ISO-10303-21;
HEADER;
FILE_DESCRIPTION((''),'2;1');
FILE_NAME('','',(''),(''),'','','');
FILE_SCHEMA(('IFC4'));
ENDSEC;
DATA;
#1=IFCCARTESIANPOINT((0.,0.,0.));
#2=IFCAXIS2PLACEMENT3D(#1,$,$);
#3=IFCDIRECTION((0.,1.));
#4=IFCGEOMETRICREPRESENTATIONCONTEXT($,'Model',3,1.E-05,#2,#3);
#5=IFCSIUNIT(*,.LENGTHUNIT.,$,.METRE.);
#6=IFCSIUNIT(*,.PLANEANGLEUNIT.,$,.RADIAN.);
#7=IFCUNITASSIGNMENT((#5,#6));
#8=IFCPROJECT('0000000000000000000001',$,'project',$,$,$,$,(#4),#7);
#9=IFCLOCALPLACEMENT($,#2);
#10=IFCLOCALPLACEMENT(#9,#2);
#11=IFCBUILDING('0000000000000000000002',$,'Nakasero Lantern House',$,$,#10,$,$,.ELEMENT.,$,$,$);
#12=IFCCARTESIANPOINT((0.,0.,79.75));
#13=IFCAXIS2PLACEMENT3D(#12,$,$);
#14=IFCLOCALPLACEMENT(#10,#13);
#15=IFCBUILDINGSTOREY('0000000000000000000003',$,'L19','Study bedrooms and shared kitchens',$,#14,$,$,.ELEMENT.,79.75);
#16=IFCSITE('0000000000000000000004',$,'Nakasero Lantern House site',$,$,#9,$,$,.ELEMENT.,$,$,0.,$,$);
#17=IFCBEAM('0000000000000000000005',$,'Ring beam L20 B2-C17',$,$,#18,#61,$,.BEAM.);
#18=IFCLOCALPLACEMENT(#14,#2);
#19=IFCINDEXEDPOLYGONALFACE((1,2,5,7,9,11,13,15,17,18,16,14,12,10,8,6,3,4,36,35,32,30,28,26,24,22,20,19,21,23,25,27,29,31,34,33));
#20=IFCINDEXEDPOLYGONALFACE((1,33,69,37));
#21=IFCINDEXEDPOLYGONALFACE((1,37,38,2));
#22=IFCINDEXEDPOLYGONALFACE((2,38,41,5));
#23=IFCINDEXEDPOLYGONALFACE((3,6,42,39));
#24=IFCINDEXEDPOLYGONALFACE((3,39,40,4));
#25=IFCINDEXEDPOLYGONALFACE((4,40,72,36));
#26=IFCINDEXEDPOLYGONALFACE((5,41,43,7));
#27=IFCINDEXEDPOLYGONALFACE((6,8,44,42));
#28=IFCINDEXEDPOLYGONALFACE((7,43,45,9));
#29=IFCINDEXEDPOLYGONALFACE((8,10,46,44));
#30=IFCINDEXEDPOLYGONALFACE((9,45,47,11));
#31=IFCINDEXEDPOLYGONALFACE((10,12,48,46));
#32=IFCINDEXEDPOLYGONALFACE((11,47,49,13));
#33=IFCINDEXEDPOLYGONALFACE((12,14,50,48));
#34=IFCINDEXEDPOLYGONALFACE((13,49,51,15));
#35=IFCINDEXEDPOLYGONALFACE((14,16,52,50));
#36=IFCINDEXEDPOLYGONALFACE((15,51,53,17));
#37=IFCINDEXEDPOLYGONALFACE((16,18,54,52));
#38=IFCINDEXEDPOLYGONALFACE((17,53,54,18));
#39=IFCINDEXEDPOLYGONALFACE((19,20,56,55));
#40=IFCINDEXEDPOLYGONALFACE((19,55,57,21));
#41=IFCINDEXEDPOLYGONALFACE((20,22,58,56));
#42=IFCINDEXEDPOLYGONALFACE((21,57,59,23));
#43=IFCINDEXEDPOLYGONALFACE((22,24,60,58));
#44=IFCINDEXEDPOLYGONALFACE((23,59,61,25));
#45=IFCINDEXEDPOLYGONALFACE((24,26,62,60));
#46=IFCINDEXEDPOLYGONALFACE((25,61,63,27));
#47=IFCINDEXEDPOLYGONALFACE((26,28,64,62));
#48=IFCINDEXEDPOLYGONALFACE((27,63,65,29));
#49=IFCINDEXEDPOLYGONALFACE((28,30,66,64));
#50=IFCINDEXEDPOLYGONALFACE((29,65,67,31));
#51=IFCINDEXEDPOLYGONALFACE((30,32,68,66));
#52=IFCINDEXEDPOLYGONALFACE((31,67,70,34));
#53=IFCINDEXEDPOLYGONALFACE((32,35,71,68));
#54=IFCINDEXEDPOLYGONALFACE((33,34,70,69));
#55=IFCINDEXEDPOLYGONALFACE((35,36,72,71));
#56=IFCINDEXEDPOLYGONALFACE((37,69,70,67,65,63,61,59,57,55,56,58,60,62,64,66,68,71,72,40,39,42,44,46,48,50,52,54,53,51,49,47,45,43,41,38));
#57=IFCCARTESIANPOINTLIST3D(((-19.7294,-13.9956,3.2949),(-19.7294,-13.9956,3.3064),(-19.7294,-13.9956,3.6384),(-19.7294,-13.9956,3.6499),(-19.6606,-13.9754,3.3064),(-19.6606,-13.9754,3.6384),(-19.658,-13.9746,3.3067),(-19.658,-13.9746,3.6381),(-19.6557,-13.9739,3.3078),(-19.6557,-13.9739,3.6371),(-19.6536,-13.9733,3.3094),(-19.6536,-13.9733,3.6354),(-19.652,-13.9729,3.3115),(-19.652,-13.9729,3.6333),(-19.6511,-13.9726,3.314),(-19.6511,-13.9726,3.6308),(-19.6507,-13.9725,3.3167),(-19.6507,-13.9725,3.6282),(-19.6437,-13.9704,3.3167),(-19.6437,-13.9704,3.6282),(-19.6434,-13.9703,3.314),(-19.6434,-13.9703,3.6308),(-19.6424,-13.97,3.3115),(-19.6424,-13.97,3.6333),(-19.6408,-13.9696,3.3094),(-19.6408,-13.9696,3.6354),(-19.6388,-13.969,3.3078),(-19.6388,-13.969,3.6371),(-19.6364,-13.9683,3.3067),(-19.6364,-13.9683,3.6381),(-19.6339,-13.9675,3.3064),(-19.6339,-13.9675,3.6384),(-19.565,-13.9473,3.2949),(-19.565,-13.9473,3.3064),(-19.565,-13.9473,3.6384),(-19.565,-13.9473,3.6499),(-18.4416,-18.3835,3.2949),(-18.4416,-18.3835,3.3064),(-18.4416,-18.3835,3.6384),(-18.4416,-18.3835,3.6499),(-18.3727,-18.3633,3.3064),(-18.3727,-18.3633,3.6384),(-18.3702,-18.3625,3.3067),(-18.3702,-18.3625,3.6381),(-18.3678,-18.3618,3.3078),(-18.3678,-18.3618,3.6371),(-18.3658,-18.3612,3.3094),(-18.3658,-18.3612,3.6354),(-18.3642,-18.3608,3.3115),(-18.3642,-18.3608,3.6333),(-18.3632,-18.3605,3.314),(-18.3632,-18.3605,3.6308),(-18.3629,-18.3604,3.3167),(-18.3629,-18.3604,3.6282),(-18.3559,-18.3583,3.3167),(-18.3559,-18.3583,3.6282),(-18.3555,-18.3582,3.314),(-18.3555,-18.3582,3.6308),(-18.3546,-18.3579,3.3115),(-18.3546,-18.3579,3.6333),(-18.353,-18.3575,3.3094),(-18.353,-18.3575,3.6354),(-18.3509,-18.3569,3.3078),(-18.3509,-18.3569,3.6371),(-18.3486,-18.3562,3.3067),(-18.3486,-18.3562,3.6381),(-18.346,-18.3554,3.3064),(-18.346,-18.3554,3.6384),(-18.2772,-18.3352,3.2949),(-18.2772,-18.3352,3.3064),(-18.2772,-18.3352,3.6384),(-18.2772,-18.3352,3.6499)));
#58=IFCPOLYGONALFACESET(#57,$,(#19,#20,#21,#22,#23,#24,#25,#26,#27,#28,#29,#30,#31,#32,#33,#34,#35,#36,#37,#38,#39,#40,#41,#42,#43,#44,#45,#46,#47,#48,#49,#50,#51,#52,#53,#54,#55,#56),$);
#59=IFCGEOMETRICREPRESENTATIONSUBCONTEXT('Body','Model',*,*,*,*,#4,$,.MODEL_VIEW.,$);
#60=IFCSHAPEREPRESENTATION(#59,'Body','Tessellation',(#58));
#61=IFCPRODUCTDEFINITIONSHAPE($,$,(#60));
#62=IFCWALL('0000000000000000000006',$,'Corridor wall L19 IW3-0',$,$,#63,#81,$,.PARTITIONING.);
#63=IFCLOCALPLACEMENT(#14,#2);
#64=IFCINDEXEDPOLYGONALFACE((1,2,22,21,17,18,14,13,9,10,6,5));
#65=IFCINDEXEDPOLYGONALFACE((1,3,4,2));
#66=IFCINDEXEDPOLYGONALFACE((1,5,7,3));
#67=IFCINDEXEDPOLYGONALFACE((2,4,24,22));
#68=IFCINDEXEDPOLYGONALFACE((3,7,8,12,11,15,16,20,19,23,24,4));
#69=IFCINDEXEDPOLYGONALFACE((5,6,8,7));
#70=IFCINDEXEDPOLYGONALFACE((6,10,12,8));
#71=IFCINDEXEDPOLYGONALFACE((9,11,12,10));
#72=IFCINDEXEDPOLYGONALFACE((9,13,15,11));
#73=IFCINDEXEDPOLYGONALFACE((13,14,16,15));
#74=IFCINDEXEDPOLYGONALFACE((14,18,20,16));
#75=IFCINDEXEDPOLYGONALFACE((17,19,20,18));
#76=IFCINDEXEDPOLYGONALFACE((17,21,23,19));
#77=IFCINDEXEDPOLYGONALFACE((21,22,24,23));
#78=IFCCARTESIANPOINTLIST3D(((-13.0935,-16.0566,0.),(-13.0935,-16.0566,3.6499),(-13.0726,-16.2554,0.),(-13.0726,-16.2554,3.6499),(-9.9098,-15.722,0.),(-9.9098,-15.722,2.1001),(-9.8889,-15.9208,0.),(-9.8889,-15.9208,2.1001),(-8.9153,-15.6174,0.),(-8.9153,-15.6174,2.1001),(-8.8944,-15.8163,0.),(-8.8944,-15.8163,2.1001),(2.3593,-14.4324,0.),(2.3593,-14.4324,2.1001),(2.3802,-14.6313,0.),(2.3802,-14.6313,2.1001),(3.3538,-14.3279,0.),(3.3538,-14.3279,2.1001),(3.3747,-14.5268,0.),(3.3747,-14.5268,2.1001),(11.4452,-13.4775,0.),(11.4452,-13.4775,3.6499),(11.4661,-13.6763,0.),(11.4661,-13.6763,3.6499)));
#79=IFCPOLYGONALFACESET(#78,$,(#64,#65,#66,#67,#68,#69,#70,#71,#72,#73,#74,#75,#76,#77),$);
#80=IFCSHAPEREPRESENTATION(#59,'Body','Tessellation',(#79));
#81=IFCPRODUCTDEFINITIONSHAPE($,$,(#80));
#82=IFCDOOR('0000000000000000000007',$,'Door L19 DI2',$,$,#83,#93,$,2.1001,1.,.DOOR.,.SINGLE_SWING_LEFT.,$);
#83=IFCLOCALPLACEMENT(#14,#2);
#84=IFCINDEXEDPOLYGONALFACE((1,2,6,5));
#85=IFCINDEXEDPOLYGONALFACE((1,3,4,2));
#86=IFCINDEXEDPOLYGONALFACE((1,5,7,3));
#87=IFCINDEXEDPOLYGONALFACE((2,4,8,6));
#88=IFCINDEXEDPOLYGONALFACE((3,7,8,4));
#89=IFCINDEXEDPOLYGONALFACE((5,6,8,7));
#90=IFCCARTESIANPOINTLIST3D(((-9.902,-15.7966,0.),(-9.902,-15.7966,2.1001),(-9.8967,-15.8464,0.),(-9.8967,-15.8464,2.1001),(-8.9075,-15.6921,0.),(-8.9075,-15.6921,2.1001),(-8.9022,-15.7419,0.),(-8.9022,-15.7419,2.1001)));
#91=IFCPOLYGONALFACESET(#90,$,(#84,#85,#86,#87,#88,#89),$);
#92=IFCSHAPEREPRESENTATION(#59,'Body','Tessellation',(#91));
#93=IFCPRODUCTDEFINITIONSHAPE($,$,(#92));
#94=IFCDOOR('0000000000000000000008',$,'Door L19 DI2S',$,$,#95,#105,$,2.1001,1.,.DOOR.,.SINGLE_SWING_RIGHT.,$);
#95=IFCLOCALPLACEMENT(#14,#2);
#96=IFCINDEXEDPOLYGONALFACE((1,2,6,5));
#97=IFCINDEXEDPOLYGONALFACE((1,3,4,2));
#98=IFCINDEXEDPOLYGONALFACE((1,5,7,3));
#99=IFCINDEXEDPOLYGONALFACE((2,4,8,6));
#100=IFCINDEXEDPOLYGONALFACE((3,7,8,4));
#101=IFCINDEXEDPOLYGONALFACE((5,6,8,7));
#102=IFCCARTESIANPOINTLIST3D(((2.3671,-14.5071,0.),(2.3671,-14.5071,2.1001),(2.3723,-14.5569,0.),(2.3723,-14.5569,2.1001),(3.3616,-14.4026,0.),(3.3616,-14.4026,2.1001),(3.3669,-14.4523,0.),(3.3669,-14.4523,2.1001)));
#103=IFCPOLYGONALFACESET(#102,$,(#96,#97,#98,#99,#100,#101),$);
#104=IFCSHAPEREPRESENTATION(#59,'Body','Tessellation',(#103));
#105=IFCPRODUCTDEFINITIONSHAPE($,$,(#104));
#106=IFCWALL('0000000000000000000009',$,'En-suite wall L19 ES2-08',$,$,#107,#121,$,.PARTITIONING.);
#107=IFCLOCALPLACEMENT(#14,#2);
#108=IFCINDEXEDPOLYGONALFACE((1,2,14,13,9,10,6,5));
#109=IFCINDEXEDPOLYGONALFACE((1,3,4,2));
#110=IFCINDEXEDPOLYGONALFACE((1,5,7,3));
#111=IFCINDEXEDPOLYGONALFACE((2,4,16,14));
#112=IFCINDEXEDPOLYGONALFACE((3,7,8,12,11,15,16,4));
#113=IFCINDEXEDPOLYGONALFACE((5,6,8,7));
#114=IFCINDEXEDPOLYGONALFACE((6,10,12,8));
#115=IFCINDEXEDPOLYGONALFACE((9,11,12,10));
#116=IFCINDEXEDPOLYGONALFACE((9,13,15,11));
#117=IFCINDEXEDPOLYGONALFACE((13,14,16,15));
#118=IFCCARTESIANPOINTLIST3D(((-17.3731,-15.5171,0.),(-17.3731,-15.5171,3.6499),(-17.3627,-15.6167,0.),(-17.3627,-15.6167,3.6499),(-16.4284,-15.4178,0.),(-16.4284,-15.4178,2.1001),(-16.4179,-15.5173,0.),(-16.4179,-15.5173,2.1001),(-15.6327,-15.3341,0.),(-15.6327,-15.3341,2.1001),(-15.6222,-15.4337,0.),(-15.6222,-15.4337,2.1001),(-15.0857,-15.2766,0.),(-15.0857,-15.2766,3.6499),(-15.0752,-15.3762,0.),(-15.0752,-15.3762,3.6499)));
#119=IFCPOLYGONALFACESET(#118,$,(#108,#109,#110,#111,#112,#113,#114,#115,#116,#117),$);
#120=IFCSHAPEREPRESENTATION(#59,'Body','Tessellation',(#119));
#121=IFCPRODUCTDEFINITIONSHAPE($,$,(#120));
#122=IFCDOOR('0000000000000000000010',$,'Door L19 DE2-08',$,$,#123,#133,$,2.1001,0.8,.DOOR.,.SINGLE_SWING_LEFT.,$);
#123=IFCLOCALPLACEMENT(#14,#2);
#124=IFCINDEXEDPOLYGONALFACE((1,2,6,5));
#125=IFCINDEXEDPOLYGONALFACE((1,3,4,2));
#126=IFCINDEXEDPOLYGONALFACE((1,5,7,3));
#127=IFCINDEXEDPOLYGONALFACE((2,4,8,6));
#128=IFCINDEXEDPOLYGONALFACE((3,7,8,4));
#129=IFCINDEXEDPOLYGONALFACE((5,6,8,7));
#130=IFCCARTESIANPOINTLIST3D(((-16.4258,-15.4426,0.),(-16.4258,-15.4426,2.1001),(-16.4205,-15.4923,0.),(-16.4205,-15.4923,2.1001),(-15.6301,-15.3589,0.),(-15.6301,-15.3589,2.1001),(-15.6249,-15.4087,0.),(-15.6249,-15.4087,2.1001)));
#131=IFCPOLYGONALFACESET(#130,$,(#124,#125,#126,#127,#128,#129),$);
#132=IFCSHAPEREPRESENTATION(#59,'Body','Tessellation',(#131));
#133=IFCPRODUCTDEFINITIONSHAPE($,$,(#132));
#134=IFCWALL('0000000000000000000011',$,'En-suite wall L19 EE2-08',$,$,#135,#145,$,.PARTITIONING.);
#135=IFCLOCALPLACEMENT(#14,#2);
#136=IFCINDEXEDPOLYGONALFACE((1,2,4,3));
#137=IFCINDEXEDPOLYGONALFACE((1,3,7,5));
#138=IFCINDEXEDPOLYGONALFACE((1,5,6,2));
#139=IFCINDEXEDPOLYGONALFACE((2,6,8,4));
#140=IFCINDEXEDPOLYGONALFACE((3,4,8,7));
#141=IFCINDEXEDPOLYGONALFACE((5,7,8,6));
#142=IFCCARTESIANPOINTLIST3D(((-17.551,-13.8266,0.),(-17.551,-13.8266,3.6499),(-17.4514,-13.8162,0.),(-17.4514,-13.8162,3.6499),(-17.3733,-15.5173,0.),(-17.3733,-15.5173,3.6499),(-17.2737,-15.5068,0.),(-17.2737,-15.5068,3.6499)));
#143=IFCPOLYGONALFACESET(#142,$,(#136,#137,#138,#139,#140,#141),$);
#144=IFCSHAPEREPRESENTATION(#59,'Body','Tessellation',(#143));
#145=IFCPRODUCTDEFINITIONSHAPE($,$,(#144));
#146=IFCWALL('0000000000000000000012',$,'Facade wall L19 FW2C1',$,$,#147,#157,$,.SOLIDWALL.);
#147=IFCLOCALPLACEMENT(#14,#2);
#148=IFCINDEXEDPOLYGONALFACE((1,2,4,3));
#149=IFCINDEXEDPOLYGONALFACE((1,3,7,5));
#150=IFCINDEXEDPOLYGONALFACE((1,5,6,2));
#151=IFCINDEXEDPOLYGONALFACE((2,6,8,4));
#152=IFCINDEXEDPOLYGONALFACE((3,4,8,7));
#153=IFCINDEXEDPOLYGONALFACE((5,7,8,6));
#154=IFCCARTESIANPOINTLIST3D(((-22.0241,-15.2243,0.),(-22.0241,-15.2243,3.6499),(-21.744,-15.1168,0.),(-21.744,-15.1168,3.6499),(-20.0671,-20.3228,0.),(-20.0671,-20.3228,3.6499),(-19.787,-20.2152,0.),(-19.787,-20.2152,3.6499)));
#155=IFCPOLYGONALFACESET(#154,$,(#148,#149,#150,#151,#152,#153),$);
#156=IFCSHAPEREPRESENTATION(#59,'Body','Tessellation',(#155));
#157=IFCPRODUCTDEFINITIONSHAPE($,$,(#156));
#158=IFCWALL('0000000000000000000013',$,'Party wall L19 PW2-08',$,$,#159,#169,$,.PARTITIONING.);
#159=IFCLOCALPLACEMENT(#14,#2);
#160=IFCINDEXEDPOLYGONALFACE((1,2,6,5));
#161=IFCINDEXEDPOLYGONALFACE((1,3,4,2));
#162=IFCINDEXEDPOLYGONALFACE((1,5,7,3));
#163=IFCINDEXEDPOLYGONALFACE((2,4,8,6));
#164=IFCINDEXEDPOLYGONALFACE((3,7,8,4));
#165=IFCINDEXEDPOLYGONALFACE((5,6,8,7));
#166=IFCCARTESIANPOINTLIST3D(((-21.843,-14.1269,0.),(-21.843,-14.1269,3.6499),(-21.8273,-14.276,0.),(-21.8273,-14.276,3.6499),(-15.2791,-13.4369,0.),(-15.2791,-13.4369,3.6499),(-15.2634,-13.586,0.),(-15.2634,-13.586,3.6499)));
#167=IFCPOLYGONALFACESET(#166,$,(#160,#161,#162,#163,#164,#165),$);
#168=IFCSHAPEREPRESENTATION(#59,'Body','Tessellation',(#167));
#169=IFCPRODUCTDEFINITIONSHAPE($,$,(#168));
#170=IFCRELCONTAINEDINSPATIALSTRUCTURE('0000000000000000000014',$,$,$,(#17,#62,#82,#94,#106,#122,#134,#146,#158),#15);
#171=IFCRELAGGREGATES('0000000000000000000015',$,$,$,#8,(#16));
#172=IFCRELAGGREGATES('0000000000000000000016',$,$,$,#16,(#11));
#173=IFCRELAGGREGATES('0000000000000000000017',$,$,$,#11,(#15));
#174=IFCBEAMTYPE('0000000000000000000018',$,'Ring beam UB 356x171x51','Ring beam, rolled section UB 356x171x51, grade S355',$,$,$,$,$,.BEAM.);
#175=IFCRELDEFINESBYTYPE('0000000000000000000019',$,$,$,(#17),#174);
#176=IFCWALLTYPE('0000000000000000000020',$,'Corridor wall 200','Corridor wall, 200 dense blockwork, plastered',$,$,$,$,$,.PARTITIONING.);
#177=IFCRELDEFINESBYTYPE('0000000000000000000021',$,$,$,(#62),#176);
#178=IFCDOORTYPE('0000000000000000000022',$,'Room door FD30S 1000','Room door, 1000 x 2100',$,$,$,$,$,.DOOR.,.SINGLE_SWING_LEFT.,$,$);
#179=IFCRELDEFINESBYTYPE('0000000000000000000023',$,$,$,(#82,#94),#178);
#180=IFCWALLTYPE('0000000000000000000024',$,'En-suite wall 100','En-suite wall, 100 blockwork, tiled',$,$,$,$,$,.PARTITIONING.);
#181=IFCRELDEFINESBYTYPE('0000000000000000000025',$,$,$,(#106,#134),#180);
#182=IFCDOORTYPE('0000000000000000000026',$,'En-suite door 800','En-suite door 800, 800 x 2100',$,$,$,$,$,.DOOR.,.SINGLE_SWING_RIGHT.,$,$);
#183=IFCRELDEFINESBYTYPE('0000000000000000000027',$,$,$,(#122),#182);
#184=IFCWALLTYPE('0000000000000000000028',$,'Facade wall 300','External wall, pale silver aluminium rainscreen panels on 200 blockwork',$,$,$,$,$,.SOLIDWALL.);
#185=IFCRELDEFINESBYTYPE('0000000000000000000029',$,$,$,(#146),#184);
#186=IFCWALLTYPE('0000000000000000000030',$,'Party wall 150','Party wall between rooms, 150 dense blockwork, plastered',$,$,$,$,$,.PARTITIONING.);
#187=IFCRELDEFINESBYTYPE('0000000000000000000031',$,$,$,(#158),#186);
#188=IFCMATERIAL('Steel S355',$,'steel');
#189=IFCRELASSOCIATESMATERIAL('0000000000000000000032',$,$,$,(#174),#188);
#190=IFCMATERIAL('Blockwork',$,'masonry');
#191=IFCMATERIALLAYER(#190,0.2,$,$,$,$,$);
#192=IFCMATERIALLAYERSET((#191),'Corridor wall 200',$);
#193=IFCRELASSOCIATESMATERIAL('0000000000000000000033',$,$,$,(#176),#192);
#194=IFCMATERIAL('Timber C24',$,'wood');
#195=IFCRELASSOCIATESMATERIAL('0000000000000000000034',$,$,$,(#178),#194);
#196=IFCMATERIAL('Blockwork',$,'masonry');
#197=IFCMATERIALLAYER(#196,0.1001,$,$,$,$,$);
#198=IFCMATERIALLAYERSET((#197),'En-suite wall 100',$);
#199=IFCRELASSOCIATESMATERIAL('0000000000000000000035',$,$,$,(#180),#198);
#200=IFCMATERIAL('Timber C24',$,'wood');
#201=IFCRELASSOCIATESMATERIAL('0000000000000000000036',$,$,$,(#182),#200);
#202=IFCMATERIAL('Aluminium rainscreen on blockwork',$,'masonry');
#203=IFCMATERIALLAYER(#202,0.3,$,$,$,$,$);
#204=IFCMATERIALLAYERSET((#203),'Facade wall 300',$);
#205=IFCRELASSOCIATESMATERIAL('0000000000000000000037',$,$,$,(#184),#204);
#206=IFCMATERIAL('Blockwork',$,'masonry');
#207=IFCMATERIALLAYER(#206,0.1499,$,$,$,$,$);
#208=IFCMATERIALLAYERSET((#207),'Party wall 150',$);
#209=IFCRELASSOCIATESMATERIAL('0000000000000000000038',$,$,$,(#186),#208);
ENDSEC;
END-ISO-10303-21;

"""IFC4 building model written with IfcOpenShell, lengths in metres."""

from ifc_helpers import new_model, si_unit, direction, frame, frame_2d, origin, origin_2d, place, context, subcontext, project, spatial, rectangle, i_section, extrude, material, layer, layer_set, material_profile, profile_set, type_object, element, fill, save


model = new_model("IFC4")

# Units and contexts
model_context = context("Model", 3, precision=1e-05, world=origin(), true_north=direction((0.0, 1.0)))
body_context = subcontext(model_context, "Body", "Model", "MODEL_VIEW")
ifc_project = project(units=[si_unit("LENGTHUNIT", "METRE"), si_unit("PLANEANGLEUNIT", "RADIAN")], contexts=[model_context])

# Site, building, storey
site_placement = place(None, origin())
site = spatial("IfcSite", under=ifc_project, at=site_placement, Name="Nakasero Lantern House site", CompositionType="ELEMENT", RefElevation=0.0)
building_placement = place(site_placement, origin())
building = spatial("IfcBuilding", under=site, at=building_placement, Name="Nakasero Lantern House", CompositionType="ELEMENT")
storey_placement = place(building_placement, frame((0.0, 0.0, 79.75)))
storey = spatial("IfcBuildingStorey", under=building, at=storey_placement, Name="L19", Description="Study bedrooms and shared kitchens", CompositionType="ELEMENT", Elevation=79.75)

# Beam
ifc_material_1 = material(Name="Steel S355", Category="steel")
ifc_material_profile_1 = material_profile(ifc_material_1, i_section(OverallWidth=0.1714, OverallDepth=0.355, WebThickness=0.0073, FlangeThickness=0.0115, FilletRadius=0.0103, at=origin_2d()), Name="UB 356x171x51")
ifc_profile_set_1 = profile_set([ifc_material_profile_1], Name="Steel S355")
beam_type_1 = type_object("IfcBeamType", Name="Ring beam UB 356x171x51", Description="Ring beam, rolled section UB 356x171x51, grade S355", PredefinedType="BEAM", material=ifc_profile_set_1)
beam_1_placement = place(storey_placement, frame((-19.6472, -13.9714, 3.4724), z_axis=(0.281617, -0.959527, 0.0), x_axis=(0.959527, 0.281617, 0.0)))
element("IfcBeam", 1, at=beam_1_placement, inside=storey, type_object=beam_type_1, Name="Ring beam L20 B2-C17", PredefinedType="BEAM", context=body_context, shape_type="SweptSolid", body=[
    extrude(i_section(OverallWidth=0.1714, OverallDepth=0.355, WebThickness=0.0073, FlangeThickness=0.0115, FilletRadius=0.0103, at=origin_2d()), origin(), (0.0, 0.0, 1.0), 4.573),
])

# Wall, openings, doors
ifc_material_2 = material(Name="Blockwork", Category="masonry")
ifc_layer_1 = layer(ifc_material_2, 0.2)
ifc_layer_set_1 = layer_set([ifc_layer_1], Name="Corridor wall 200")
wall_type_1 = type_object("IfcWallType", Name="Corridor wall 200", Description="Corridor wall, 200 dense blockwork, plastered", PredefinedType="PARTITIONING", material=ifc_layer_set_1)
wall_1_placement = place(storey_placement, frame((-13.083, -16.156, 0.0), z_axis=(0.0, 0.0, 1.0), x_axis=(0.994522, 0.104528, 0.0)))
wall_1 = element("IfcWall", 2, at=wall_1_placement, inside=storey, type_object=wall_type_1, Name="Corridor wall L19 IW3-0", PredefinedType="PARTITIONING", context=body_context, shape_type="SweptSolid", body=[
    extrude(rectangle(XDim=24.6738, YDim=0.2, at=frame_2d((12.3369, 0.0))), origin(), (0.0, 0.0, 1.0), 3.6499),
])
opening_1_placement = place(wall_1_placement, frame((3.2012, 0.0, 0.0)))
opening_1 = element("IfcOpeningElement", 3, at=opening_1_placement, cuts=wall_1, PredefinedType="OPENING", context=body_context, shape_type="SweptSolid", body=[
    extrude(rectangle(XDim=1.0, YDim=2.1001, at=frame_2d((0.5, 1.05))), frame((0.0, 0.1199, 0.0), z_axis=(0.0, -1.0, 0.0), x_axis=(1.0, 0.0, 0.0)), (0.0, 0.0, 1.0), 0.24),
])
opening_2_placement = place(wall_1_placement, frame((15.5378, 0.0, 0.0)))
opening_2 = element("IfcOpeningElement", 4, at=opening_2_placement, cuts=wall_1, PredefinedType="OPENING", context=body_context, shape_type="SweptSolid", body=[
    extrude(rectangle(XDim=1.0, YDim=2.1001, at=frame_2d((0.5, 1.05))), frame((0.0, 0.1199, 0.0), z_axis=(0.0, -1.0, 0.0), x_axis=(1.0, 0.0, 0.0)), (0.0, 0.0, 1.0), 0.24),
])
ifc_material_3 = material(Name="Timber C24", Category="wood")
door_type_1 = type_object("IfcDoorType", Name="Room door FD30S 1000", Description="Room door, 1000 x 2100", OperationType="SINGLE_SWING_LEFT", PredefinedType="DOOR", material=ifc_material_3)
door_1_placement = place(opening_1_placement, origin())
door_1 = element("IfcDoor", 5, at=door_1_placement, inside=storey, type_object=door_type_1, Name="Door L19 DI2", OperationType="SINGLE_SWING_LEFT", OverallHeight=2.1001, OverallWidth=1.0, PredefinedType="DOOR", context=body_context, shape_type="SweptSolid", body=[
    extrude(rectangle(XDim=1.0, YDim=2.1001, at=frame_2d((0.5, 1.05))), frame((0.0, 0.0249, 0.0), z_axis=(0.0, -1.0, 0.0), x_axis=(1.0, 0.0, 0.0)), (0.0, 0.0, 1.0), 0.05),
])
fill(opening_1, door_1)
door_2_placement = place(opening_2_placement, origin())
door_2 = element("IfcDoor", 6, at=door_2_placement, inside=storey, type_object=door_type_1, Name="Door L19 DI2S", OperationType="SINGLE_SWING_RIGHT", OverallHeight=2.1001, OverallWidth=1.0, PredefinedType="DOOR", context=body_context, shape_type="SweptSolid", body=[
    extrude(rectangle(XDim=1.0, YDim=2.1001, at=frame_2d((0.5, 1.05))), frame((0.0, 0.0249, 0.0), z_axis=(0.0, -1.0, 0.0), x_axis=(1.0, 0.0, 0.0)), (0.0, 0.0, 1.0), 0.05),
])
fill(opening_2, door_2)

# Wall, opening, door
ifc_material_4 = material(Name="Blockwork", Category="masonry")
ifc_layer_2 = layer(ifc_material_4, 0.1001)
ifc_layer_set_2 = layer_set([ifc_layer_2], Name="En-suite wall 100")
wall_type_2 = type_object("IfcWallType", Name="En-suite wall 100", Description="En-suite wall, 100 blockwork, tiled", PredefinedType="PARTITIONING", material=ifc_layer_set_2)
wall_2_placement = place(storey_placement, frame((-15.0806, -15.3264, 0.0), z_axis=(0.0, 0.0, 1.0), x_axis=(-0.994519, -0.104558, 0.0)))
wall_2 = element("IfcWall", 7, at=wall_2_placement, inside=storey, type_object=wall_type_2, Name="En-suite wall L19 ES2-08", PredefinedType="PARTITIONING", context=body_context, shape_type="SweptSolid", body=[
    extrude(rectangle(XDim=2.3, YDim=0.1001, at=frame_2d((1.1499, 0.0))), origin(), (0.0, 0.0, 1.0), 3.6499),
])
opening_3_placement = place(wall_2_placement, frame((0.55, 0.0, 0.0)))
opening_3 = element("IfcOpeningElement", 8, at=opening_3_placement, cuts=wall_2, PredefinedType="OPENING", context=body_context, shape_type="SweptSolid", body=[
    extrude(rectangle(XDim=0.8, YDim=2.1001, at=frame_2d((0.3999, 1.05))), frame((0.0, 0.0701, 0.0), z_axis=(0.0, -1.0, 0.0), x_axis=(1.0, 0.0, 0.0)), (0.0, 0.0, 1.0), 0.1401),
])
ifc_material_5 = material(Name="Timber C24", Category="wood")
door_type_2 = type_object("IfcDoorType", Name="En-suite door 800", Description="En-suite door 800, 800 x 2100", OperationType="SINGLE_SWING_RIGHT", PredefinedType="DOOR", material=ifc_material_5)
door_3_placement = place(opening_3_placement, origin())
door_3 = element("IfcDoor", 9, at=door_3_placement, inside=storey, type_object=door_type_2, Name="Door L19 DE2-08", OperationType="SINGLE_SWING_LEFT", OverallHeight=2.1001, OverallWidth=0.8, PredefinedType="DOOR", context=body_context, shape_type="SweptSolid", body=[
    extrude(rectangle(XDim=0.8, YDim=2.1001, at=frame_2d((0.3999, 1.05))), frame((0.0, 0.0249, 0.0), z_axis=(0.0, -1.0, 0.0), x_axis=(1.0, 0.0, 0.0)), (0.0, 0.0, 1.0), 0.05),
])
fill(opening_3, door_3)

# Walls
wall_3_placement = place(storey_placement, frame((-17.5012, -13.8213, 0.0), z_axis=(0.0, 0.0, 1.0), x_axis=(0.10455, -0.99452, 0.0)))
element("IfcWall", 10, at=wall_3_placement, inside=storey, type_object=wall_type_2, Name="En-suite wall L19 EE2-08", PredefinedType="PARTITIONING", context=body_context, shape_type="SweptSolid", body=[
    extrude(rectangle(XDim=1.7, YDim=0.1001, at=frame_2d((0.8501, 0.0))), origin(), (0.0, 0.0, 1.0), 3.6499),
])
ifc_material_6 = material(Name="Aluminium rainscreen on blockwork", Category="masonry")
ifc_layer_3 = layer(ifc_material_6, 0.3)
ifc_layer_set_3 = layer_set([ifc_layer_3], Name="Facade wall 300")
wall_type_3 = type_object("IfcWallType", Name="Facade wall 300", Description="External wall, pale silver aluminium rainscreen panels on 200 blockwork", PredefinedType="SOLIDWALL", material=ifc_layer_set_3)
wall_4_placement = place(storey_placement, frame((-21.884, -15.1707, 0.0), z_axis=(0.0, 0.0, 1.0), x_axis=(0.358359, -0.933584, 0.0)))
element("IfcWall", 11, at=wall_4_placement, inside=storey, type_object=wall_type_3, Name="Facade wall L19 FW2C1", PredefinedType="SOLIDWALL", context=body_context, shape_type="SweptSolid", body=[
    extrude(rectangle(XDim=5.4612, YDim=0.3, at=frame_2d((2.7305, 0.0))), origin(), (0.0, 0.0, 1.0), 3.6499),
])
ifc_material_7 = material(Name="Blockwork", Category="masonry")
ifc_layer_4 = layer(ifc_material_7, 0.1499)
ifc_layer_set_4 = layer_set([ifc_layer_4], Name="Party wall 150")
wall_type_4 = type_object("IfcWallType", Name="Party wall 150", Description="Party wall between rooms, 150 dense blockwork, plastered", PredefinedType="PARTITIONING", material=ifc_layer_set_4)
wall_5_placement = place(storey_placement, frame((-15.2712, -13.5115, 0.0), z_axis=(0.0, 0.0, 1.0), x_axis=(-0.994521, -0.104535, 0.0)))
element("IfcWall", 12, at=wall_5_placement, inside=storey, type_object=wall_type_4, Name="Party wall L19 PW2-08", PredefinedType="PARTITIONING", context=body_context, shape_type="SweptSolid", body=[
    extrude(rectangle(XDim=6.6001, YDim=0.1499, at=frame_2d((3.3, 0.0))), origin(), (0.0, 0.0, 1.0), 3.6499),
])

save(model, "model.ifc")
